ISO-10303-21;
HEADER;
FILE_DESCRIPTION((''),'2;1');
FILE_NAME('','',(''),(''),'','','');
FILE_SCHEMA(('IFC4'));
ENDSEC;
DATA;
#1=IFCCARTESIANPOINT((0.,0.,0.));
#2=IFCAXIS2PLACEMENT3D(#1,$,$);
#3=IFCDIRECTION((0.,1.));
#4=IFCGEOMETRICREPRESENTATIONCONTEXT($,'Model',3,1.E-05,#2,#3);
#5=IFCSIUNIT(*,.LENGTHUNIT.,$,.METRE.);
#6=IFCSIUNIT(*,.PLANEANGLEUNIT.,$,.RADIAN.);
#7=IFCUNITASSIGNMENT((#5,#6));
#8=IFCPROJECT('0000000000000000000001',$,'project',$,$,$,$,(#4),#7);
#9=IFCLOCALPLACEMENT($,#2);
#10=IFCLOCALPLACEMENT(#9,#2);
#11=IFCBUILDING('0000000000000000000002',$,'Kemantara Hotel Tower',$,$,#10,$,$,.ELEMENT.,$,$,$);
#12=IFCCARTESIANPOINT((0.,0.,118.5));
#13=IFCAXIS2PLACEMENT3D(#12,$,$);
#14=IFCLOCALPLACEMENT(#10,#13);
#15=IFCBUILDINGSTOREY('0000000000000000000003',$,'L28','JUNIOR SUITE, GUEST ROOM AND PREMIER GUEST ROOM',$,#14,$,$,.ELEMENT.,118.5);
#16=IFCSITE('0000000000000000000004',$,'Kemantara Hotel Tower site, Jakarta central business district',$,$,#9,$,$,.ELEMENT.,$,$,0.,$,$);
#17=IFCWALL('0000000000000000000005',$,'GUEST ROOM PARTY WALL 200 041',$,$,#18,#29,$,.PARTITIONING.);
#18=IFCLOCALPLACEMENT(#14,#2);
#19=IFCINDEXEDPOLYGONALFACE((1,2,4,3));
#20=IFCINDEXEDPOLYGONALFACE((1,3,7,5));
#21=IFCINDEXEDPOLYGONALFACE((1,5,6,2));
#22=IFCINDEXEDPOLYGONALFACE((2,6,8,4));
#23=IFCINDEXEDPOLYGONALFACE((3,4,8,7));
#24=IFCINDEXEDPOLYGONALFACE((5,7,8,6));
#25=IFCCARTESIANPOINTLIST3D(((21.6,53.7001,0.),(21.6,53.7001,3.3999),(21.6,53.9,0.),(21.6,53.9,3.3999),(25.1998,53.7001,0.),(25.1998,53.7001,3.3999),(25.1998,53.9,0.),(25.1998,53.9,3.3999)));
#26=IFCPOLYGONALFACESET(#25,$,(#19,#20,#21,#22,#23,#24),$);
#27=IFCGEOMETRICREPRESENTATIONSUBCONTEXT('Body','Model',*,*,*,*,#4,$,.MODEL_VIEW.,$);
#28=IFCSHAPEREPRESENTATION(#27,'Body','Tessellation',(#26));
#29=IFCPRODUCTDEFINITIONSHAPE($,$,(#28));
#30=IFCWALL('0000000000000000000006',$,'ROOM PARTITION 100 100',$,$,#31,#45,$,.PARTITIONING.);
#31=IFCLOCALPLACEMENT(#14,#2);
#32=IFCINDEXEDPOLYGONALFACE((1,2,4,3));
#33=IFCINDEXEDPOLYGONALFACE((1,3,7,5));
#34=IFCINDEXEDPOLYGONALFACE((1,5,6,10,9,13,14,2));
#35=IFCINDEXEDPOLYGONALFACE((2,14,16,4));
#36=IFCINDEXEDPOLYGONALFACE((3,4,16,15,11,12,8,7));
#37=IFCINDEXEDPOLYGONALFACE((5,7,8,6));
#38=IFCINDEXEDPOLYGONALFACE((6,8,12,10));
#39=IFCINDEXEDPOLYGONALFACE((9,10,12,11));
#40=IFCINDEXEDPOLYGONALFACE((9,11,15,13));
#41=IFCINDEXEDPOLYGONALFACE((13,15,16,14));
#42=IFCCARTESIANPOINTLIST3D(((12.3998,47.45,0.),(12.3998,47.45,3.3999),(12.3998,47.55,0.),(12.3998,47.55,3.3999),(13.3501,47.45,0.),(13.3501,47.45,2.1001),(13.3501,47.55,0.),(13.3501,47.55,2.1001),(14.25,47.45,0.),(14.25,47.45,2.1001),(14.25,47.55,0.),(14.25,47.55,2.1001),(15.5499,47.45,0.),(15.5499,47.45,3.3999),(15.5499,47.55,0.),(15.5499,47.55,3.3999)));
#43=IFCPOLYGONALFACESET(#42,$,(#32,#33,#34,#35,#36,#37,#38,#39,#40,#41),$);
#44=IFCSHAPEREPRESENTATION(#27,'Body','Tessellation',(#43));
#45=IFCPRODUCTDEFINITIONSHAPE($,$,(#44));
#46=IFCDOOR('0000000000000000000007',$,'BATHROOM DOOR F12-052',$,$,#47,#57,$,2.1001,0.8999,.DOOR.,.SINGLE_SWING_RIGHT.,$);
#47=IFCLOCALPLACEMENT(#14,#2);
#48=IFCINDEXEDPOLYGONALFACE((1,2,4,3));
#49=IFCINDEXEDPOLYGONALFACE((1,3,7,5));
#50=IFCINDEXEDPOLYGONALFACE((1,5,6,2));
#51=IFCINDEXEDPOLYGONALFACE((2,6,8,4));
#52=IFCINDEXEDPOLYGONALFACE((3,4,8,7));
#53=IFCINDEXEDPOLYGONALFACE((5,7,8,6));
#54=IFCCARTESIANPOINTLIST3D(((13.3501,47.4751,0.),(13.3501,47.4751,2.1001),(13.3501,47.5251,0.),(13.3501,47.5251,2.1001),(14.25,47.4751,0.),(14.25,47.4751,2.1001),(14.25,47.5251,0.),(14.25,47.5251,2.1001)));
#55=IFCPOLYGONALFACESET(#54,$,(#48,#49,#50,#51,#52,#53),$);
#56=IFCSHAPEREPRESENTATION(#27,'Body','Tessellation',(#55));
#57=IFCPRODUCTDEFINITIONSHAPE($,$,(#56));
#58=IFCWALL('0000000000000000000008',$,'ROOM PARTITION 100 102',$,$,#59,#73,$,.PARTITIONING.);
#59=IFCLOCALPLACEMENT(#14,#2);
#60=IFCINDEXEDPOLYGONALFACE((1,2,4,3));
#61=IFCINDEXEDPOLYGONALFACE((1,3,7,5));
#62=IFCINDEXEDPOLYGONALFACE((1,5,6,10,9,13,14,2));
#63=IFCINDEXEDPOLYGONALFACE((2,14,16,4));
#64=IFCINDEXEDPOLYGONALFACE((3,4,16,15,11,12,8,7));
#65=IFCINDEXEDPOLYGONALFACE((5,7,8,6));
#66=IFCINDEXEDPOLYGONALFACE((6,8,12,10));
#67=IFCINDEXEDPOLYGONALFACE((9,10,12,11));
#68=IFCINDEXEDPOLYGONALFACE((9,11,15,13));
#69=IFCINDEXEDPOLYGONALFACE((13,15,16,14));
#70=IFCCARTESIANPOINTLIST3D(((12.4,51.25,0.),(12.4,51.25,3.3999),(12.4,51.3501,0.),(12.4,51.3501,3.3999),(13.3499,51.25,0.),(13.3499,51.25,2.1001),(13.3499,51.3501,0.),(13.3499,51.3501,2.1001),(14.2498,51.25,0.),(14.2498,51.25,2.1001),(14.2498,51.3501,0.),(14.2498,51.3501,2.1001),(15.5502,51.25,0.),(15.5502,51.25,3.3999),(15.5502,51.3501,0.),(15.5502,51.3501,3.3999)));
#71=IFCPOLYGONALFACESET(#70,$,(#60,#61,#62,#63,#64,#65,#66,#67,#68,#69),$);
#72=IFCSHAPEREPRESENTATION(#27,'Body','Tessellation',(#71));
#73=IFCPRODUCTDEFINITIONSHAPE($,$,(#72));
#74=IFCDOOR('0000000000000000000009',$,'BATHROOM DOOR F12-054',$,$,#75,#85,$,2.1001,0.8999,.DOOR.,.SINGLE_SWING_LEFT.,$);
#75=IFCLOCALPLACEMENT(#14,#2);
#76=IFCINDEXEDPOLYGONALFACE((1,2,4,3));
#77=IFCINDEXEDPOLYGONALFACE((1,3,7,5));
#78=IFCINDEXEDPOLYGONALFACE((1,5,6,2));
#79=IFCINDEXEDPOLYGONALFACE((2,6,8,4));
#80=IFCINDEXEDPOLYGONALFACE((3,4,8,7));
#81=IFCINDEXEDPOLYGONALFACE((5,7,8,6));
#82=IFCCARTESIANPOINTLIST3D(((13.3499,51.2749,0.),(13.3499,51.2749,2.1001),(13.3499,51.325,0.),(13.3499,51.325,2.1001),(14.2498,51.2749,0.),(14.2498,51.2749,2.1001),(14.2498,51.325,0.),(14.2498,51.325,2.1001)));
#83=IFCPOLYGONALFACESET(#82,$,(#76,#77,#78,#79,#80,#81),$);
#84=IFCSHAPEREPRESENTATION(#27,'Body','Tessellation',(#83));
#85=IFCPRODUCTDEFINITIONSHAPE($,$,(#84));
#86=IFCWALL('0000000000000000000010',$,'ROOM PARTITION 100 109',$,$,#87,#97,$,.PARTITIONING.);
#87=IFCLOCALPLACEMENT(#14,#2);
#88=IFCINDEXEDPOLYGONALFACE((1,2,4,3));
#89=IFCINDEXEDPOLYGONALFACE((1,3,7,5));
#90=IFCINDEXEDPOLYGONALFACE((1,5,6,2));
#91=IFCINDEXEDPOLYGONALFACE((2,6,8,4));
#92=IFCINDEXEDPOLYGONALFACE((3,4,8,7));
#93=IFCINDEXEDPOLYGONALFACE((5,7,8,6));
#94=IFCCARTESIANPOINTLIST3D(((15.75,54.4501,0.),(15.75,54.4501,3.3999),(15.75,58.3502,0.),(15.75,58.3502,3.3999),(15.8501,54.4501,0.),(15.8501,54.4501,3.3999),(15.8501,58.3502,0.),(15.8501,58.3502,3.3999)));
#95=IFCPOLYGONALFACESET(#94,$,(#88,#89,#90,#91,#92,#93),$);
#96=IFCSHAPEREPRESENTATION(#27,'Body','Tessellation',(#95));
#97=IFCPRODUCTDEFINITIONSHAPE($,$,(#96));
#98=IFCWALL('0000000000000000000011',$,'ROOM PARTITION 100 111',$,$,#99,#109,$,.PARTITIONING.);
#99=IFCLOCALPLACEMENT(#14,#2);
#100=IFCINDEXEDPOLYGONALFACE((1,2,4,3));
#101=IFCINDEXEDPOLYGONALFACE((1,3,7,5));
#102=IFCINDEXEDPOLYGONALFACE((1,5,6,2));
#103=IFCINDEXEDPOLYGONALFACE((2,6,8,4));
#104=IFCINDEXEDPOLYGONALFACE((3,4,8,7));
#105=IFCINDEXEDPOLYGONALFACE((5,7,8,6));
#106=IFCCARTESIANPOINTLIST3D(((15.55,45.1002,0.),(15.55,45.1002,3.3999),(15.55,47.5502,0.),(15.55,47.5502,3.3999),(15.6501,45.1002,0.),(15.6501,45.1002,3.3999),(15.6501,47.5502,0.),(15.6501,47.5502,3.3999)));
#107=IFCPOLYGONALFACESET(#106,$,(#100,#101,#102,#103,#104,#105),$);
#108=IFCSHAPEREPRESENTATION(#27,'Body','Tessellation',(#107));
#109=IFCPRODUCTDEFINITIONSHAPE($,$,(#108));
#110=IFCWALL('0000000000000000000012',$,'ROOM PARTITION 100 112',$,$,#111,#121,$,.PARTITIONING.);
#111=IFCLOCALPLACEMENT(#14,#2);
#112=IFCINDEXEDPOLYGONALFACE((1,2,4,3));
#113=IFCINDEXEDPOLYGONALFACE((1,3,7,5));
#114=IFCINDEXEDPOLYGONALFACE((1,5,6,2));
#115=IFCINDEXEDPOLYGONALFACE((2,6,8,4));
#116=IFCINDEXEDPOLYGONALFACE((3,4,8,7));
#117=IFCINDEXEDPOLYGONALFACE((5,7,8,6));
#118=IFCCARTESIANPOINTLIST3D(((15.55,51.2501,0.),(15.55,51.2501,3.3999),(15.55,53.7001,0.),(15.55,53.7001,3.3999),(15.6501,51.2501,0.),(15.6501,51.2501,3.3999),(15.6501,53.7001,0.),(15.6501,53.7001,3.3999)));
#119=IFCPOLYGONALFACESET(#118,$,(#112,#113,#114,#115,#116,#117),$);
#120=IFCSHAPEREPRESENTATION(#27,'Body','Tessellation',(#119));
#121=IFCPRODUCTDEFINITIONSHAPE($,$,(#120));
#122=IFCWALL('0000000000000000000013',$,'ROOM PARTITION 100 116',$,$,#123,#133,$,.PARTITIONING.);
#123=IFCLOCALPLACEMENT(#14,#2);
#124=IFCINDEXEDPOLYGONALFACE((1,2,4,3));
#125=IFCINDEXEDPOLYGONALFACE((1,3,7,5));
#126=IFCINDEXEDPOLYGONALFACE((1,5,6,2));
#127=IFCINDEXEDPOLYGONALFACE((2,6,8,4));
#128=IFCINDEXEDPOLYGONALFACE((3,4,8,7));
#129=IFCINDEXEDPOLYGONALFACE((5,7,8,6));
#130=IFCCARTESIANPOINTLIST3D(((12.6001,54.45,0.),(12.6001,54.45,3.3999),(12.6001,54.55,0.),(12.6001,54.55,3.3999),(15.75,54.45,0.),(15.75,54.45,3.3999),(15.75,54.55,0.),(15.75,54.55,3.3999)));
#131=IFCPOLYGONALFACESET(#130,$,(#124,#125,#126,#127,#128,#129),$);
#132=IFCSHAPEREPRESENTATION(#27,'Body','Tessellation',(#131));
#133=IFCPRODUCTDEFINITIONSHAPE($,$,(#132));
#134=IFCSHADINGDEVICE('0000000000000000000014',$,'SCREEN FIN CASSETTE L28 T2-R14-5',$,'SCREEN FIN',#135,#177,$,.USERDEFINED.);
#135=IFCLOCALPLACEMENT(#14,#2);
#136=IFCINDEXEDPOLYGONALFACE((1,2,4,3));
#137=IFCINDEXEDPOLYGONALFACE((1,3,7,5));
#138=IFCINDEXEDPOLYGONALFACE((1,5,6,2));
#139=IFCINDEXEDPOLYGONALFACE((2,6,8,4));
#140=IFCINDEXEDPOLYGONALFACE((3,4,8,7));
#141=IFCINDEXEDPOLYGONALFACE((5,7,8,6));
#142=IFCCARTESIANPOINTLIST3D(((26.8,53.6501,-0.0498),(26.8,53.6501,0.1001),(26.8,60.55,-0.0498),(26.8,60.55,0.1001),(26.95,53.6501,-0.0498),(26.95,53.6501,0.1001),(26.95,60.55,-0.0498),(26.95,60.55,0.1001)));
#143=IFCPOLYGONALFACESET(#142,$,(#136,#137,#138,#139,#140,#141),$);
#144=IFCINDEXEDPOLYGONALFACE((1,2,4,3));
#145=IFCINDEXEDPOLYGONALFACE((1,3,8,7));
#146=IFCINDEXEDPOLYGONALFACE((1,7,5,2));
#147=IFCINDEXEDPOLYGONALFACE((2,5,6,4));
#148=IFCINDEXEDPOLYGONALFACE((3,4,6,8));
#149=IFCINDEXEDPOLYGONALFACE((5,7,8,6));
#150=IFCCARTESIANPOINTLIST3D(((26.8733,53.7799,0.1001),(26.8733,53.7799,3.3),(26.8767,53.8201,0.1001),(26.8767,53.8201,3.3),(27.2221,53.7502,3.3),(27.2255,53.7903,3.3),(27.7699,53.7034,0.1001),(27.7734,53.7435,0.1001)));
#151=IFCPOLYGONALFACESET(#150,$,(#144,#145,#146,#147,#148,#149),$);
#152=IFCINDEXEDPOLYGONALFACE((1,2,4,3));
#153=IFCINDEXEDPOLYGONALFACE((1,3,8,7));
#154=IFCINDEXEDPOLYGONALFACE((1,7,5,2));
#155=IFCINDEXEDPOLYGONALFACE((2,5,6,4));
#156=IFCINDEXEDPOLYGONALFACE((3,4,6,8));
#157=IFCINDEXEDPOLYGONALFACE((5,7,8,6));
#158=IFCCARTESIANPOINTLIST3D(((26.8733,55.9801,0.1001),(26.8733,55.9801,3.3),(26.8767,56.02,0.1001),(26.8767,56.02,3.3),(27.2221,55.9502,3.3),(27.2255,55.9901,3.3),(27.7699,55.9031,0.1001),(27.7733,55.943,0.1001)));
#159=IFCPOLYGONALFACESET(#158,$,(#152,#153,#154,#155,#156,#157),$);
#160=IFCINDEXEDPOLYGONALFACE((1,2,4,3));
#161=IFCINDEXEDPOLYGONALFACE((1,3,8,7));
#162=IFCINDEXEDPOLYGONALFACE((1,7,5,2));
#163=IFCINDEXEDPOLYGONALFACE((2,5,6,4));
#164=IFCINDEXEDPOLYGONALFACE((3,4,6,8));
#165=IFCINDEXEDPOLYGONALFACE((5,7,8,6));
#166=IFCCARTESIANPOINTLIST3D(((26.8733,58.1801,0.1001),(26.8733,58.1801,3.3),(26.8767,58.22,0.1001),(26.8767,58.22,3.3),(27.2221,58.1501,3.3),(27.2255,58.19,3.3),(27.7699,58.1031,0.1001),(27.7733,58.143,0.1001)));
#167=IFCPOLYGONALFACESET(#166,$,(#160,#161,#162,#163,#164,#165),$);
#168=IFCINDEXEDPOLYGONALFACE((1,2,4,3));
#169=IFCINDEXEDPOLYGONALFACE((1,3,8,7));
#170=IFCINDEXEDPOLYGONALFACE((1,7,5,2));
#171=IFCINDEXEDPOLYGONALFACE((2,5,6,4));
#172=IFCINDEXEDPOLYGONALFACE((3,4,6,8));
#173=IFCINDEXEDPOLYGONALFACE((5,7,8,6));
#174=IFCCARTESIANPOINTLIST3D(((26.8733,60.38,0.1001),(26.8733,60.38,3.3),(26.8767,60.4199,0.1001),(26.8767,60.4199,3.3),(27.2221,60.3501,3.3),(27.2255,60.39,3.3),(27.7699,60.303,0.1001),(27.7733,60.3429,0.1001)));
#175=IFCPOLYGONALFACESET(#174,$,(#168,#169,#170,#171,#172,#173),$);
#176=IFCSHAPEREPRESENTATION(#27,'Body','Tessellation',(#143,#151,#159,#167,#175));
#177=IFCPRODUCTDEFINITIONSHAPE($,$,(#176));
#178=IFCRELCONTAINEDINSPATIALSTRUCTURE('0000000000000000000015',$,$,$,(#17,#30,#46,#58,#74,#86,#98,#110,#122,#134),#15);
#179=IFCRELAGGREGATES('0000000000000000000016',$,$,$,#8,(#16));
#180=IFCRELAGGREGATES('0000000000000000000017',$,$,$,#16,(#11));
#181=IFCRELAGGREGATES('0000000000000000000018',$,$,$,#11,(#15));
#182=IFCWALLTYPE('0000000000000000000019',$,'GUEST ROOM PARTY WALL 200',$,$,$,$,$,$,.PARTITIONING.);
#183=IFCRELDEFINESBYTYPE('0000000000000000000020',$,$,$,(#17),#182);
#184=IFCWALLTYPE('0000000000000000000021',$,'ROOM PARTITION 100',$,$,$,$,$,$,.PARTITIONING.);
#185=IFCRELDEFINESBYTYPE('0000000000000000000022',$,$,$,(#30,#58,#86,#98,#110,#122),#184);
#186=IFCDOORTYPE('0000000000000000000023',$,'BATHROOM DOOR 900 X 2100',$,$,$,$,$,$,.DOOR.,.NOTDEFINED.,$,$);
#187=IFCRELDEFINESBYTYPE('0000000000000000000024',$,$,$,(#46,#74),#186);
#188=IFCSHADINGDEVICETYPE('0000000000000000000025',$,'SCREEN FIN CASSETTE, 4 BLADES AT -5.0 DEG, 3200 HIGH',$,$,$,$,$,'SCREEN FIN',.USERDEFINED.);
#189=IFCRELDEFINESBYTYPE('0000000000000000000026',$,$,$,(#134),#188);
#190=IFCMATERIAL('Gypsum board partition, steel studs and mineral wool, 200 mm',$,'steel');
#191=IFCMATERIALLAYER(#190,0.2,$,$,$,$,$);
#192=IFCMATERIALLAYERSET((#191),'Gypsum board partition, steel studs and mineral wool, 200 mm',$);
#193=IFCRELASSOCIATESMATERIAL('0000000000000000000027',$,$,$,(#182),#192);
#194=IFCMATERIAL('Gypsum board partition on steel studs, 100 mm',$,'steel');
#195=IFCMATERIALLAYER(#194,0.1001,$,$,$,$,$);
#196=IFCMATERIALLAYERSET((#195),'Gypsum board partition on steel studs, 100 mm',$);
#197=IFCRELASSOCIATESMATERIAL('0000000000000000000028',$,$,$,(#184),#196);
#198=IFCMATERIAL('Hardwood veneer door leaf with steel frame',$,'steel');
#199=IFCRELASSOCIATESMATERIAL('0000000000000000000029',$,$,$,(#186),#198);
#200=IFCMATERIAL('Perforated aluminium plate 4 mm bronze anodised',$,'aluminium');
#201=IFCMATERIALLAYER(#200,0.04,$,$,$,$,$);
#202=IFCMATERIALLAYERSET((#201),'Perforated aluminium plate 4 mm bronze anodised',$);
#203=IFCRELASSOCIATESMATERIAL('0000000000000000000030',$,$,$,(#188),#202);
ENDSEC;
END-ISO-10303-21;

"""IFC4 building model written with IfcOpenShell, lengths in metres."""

from ifc_helpers import new_model, si_unit, direction, frame, frame_2d, origin, origin_2d, place, context, subcontext, project, spatial, polyline, rectangle, outline, extrude, source, transform, mapped, material, layer, layer_set, type_object, element, fill, save


model = new_model("IFC4")

# Units and contexts
model_context = context("Model", 3, precision=1e-05, world=origin(), true_north=direction((0.0, 1.0)))
body_context = subcontext(model_context, "Body", "Model", "MODEL_VIEW")
ifc_project = project(units=[si_unit("LENGTHUNIT", "METRE"), si_unit("PLANEANGLEUNIT", "RADIAN")], contexts=[model_context])

# Site, building, storey
site_placement = place(None, origin())
site = spatial("IfcSite", under=ifc_project, at=site_placement, Name="Kemantara Hotel Tower site, Jakarta central business district", CompositionType="ELEMENT", RefElevation=0.0)
building_placement = place(site_placement, origin())
building = spatial("IfcBuilding", under=site, at=building_placement, Name="Kemantara Hotel Tower", CompositionType="ELEMENT")
storey_placement = place(building_placement, frame((0.0, 0.0, 118.5)))
storey = spatial("IfcBuildingStorey", under=building, at=storey_placement, Name="L28", Description="JUNIOR SUITE, GUEST ROOM AND PREMIER GUEST ROOM", CompositionType="ELEMENT", Elevation=118.5)

# Wall
ifc_material_1 = material(Name="Gypsum board partition, steel studs and mineral wool, 200 mm", Category="steel")
ifc_layer_1 = layer(ifc_material_1, 0.2)
ifc_layer_set_1 = layer_set([ifc_layer_1], Name="Gypsum board partition, steel studs and mineral wool, 200 mm")
wall_type_1 = type_object("IfcWallType", Name="GUEST ROOM PARTY WALL 200", PredefinedType="PARTITIONING", material=ifc_layer_set_1)
wall_1_placement = place(storey_placement, frame((21.6001, 53.8, 0.0), z_axis=(0.0, 0.0, 1.0), x_axis=(1.0, 0.0, 0.0)))
element("IfcWall", 1, at=wall_1_placement, inside=storey, type_object=wall_type_1, Name="GUEST ROOM PARTY WALL 200 041", PredefinedType="PARTITIONING", context=body_context, shape_type="SweptSolid", body=[
    extrude(rectangle(XDim=3.5999, YDim=0.2, at=frame_2d((1.7998, 0.0))), origin(), (0.0, 0.0, 1.0), 3.3999),
])

# Walls, openings, doors
ifc_material_2 = material(Name="Gypsum board partition on steel studs, 100 mm", Category="steel")
ifc_layer_2 = layer(ifc_material_2, 0.1001)
ifc_layer_set_2 = layer_set([ifc_layer_2], Name="Gypsum board partition on steel studs, 100 mm")
wall_type_2 = type_object("IfcWallType", Name="ROOM PARTITION 100", PredefinedType="PARTITIONING", material=ifc_layer_set_2)
wall_2_placement = place(storey_placement, frame((15.55, 47.5, 0.0), z_axis=(0.0, 0.0, 1.0), x_axis=(-1.0, 0.0, 0.0)))
wall_2 = element("IfcWall", 2, at=wall_2_placement, inside=storey, type_object=wall_type_2, Name="ROOM PARTITION 100 100", PredefinedType="PARTITIONING", context=body_context, shape_type="SweptSolid", body=[
    extrude(rectangle(XDim=3.1501, YDim=0.1001, at=frame_2d((1.5752, 0.0))), origin(), (0.0, 0.0, 1.0), 3.3999),
])
opening_1_placement = place(wall_2_placement, frame((1.3, 0.0, 0.0)))
opening_1 = element("IfcOpeningElement", 3, at=opening_1_placement, cuts=wall_2, PredefinedType="OPENING", context=body_context, shape_type="SweptSolid", body=[
    extrude(rectangle(XDim=0.8999, YDim=2.1001, at=frame_2d((0.45, 1.05))), frame((0.0, 0.0601, 0.0), z_axis=(0.0, -1.0, 0.0), x_axis=(1.0, 0.0, 0.0)), (0.0, 0.0, 1.0), 0.1201),
])
ifc_material_3 = material(Name="Hardwood veneer door leaf with steel frame", Category="steel")
door_type = type_object("IfcDoorType", Name="BATHROOM DOOR 900 X 2100", OperationType="NOTDEFINED", PredefinedType="DOOR", material=ifc_material_3)
door_1_placement = place(opening_1_placement, origin())
door_1 = element("IfcDoor", 4, at=door_1_placement, inside=storey, type_object=door_type, Name="BATHROOM DOOR F12-052", OperationType="SINGLE_SWING_RIGHT", OverallHeight=2.1001, OverallWidth=0.8999, PredefinedType="DOOR", context=body_context, shape_type="SweptSolid", body=[
    extrude(rectangle(XDim=0.8999, YDim=2.1001, at=frame_2d((0.45, 1.05))), frame((0.0, 0.0249, 0.0), z_axis=(0.0, -1.0, 0.0), x_axis=(1.0, 0.0, 0.0)), (0.0, 0.0, 1.0), 0.05),
])
fill(opening_1, door_1)
wall_3_placement = place(storey_placement, frame((12.3999, 51.3, 0.0), z_axis=(0.0, 0.0, 1.0), x_axis=(1.0, 0.0, 0.0)))
wall_3 = element("IfcWall", 5, at=wall_3_placement, inside=storey, type_object=wall_type_2, Name="ROOM PARTITION 100 102", PredefinedType="PARTITIONING", context=body_context, shape_type="SweptSolid", body=[
    extrude(rectangle(XDim=3.1501, YDim=0.1001, at=frame_2d((1.5752, 0.0))), origin(), (0.0, 0.0, 1.0), 3.3999),
])
opening_2_placement = place(wall_3_placement, frame((0.95, 0.0, 0.0)))
opening_2 = element("IfcOpeningElement", 6, at=opening_2_placement, cuts=wall_3, PredefinedType="OPENING", context=body_context, shape_type="SweptSolid", body=[
    extrude(rectangle(XDim=0.8999, YDim=2.1001, at=frame_2d((0.45, 1.05))), frame((0.0, 0.0601, 0.0), z_axis=(0.0, -1.0, 0.0), x_axis=(1.0, 0.0, 0.0)), (0.0, 0.0, 1.0), 0.1201),
])
door_2_placement = place(opening_2_placement, origin())
door_2 = element("IfcDoor", 7, at=door_2_placement, inside=storey, type_object=door_type, Name="BATHROOM DOOR F12-054", OperationType="SINGLE_SWING_LEFT", OverallHeight=2.1001, OverallWidth=0.8999, PredefinedType="DOOR", context=body_context, shape_type="SweptSolid", body=[
    extrude(rectangle(XDim=0.8999, YDim=2.1001, at=frame_2d((0.45, 1.05))), frame((0.0, 0.0249, 0.0), z_axis=(0.0, -1.0, 0.0), x_axis=(1.0, 0.0, 0.0)), (0.0, 0.0, 1.0), 0.05),
])
fill(opening_2, door_2)

# Walls
wall_4_placement = place(storey_placement, frame((15.8, 54.45, 0.0), z_axis=(0.0, 0.0, 1.0), x_axis=(0.0, 1.0, 0.0)))
element("IfcWall", 8, at=wall_4_placement, inside=storey, type_object=wall_type_2, Name="ROOM PARTITION 100 109", PredefinedType="PARTITIONING", context=body_context, shape_type="SweptSolid", body=[
    extrude(rectangle(XDim=3.9001, YDim=0.1001, at=frame_2d((1.9502, 0.0))), origin(), (0.0, 0.0, 1.0), 3.3999),
])
for number, where, z_axis, x_axis, name in (
    (9, (15.6001, 45.1001, 0.0), (0.0, 0.0, 1.0), (0.0, 1.0, 0.0), "ROOM PARTITION 100 111"),
    (10, (15.6001, 51.25, 0.0), (0.0, 0.0, 1.0), (0.0, 1.0, 0.0), "ROOM PARTITION 100 112"),
):
    element("IfcWall", number, at=place(storey_placement, frame(where, z_axis=z_axis, x_axis=x_axis)), inside=storey, type_object=wall_type_2, Name=name, PredefinedType="PARTITIONING", context=body_context, shape_type="SweptSolid", body=[
        extrude(rectangle(XDim=2.45, YDim=0.1001, at=frame_2d((1.2251, 0.0))), origin(), (0.0, 0.0, 1.0), 3.3999),
    ])
wall_5_placement = place(storey_placement, frame((12.6001, 54.5, 0.0), z_axis=(0.0, 0.0, 1.0), x_axis=(1.0, 0.0, 0.0)))
element("IfcWall", 11, at=wall_5_placement, inside=storey, type_object=wall_type_2, Name="ROOM PARTITION 100 116", PredefinedType="PARTITIONING", context=body_context, shape_type="SweptSolid", body=[
    extrude(rectangle(XDim=3.1499, YDim=0.1001, at=frame_2d((1.575, 0.0))), origin(), (0.0, 0.0, 1.0), 3.3999),
])

# Shading device
ifc_material_4 = material(Name="Perforated aluminium plate 4 mm bronze anodised", Category="aluminium")
ifc_layer_3 = layer(ifc_material_4, 0.04)
ifc_layer_set_3 = layer_set([ifc_layer_3], Name="Perforated aluminium plate 4 mm bronze anodised")
shading_device_type_1 = type_object("IfcShadingDeviceType", Name="SCREEN FIN CASSETTE, 4 BLADES AT -5.0 DEG, 3200 HIGH", ElementType="SCREEN FIN", PredefinedType="USERDEFINED", material=ifc_layer_set_3)
shared_shape_1 = source(origin(), body_context, "Body", "SweptSolid", [
    extrude(rectangle(XDim=6.8999, YDim=0.1499, at=origin_2d()), frame((3.3, -0.075, -0.1499), z_axis=(0.0, 0.0, 1.0), x_axis=(1.0, 0.0, 0.0)), (0.0, 0.0, 1.0), 0.1499),
    extrude(outline(polyline([(0.0, 0.0), (0.8999, 0.0), (0.3501, 3.2), (0.0, 3.2), (0.0, 0.0)])), frame((0.02, -0.0767, 0.0), z_axis=(-0.996376, 0.085056, 0.0), x_axis=(-0.085056, -0.996376, 0.0)), (0.0, 0.0, 1.0), 0.0403),
    extrude(outline(polyline([(0.0, 0.0), (0.8999, 0.0), (0.3501, 3.2), (0.0, 3.2), (0.0, 0.0)])), frame((2.22, -0.0767, 0.0), z_axis=(-0.996332, 0.085575, 0.0), x_axis=(-0.085575, -0.996332, 0.0)), (0.0, 0.0, 1.0), 0.04),
    extrude(outline(polyline([(0.0, 0.0), (0.8999, 0.0), (0.3501, 3.2), (0.0, 3.2), (0.0, 0.0)])), frame((4.4199, -0.0767, 0.0), z_axis=(-0.996332, 0.085575, 0.0), x_axis=(-0.085575, -0.996332, 0.0)), (0.0, 0.0, 1.0), 0.04),
    extrude(outline(polyline([(0.0, 0.0), (0.8999, 0.0), (0.3501, 3.2), (0.0, 3.2), (0.0, 0.0)])), frame((6.6199, -0.0767, 0.0), z_axis=(-0.996332, 0.085575, 0.0), x_axis=(-0.085575, -0.996332, 0.0)), (0.0, 0.0, 1.0), 0.04),
])
shading_device_1_placement = place(storey_placement, frame((26.8, 53.8, 0.1001), z_axis=(0.0, 0.0, 1.0), x_axis=(0.0, 1.0, 0.0)))
element("IfcShadingDevice", 12, at=shading_device_1_placement, inside=storey, type_object=shading_device_type_1, Name="SCREEN FIN CASSETTE L28 T2-R14-5", ObjectType="SCREEN FIN", PredefinedType="USERDEFINED", context=body_context, shape_type="MappedRepresentation", body=[
    mapped(shared_shape_1, transform((0.0, 0.0, 0.0))),
])

save(model, "model.ifc")
